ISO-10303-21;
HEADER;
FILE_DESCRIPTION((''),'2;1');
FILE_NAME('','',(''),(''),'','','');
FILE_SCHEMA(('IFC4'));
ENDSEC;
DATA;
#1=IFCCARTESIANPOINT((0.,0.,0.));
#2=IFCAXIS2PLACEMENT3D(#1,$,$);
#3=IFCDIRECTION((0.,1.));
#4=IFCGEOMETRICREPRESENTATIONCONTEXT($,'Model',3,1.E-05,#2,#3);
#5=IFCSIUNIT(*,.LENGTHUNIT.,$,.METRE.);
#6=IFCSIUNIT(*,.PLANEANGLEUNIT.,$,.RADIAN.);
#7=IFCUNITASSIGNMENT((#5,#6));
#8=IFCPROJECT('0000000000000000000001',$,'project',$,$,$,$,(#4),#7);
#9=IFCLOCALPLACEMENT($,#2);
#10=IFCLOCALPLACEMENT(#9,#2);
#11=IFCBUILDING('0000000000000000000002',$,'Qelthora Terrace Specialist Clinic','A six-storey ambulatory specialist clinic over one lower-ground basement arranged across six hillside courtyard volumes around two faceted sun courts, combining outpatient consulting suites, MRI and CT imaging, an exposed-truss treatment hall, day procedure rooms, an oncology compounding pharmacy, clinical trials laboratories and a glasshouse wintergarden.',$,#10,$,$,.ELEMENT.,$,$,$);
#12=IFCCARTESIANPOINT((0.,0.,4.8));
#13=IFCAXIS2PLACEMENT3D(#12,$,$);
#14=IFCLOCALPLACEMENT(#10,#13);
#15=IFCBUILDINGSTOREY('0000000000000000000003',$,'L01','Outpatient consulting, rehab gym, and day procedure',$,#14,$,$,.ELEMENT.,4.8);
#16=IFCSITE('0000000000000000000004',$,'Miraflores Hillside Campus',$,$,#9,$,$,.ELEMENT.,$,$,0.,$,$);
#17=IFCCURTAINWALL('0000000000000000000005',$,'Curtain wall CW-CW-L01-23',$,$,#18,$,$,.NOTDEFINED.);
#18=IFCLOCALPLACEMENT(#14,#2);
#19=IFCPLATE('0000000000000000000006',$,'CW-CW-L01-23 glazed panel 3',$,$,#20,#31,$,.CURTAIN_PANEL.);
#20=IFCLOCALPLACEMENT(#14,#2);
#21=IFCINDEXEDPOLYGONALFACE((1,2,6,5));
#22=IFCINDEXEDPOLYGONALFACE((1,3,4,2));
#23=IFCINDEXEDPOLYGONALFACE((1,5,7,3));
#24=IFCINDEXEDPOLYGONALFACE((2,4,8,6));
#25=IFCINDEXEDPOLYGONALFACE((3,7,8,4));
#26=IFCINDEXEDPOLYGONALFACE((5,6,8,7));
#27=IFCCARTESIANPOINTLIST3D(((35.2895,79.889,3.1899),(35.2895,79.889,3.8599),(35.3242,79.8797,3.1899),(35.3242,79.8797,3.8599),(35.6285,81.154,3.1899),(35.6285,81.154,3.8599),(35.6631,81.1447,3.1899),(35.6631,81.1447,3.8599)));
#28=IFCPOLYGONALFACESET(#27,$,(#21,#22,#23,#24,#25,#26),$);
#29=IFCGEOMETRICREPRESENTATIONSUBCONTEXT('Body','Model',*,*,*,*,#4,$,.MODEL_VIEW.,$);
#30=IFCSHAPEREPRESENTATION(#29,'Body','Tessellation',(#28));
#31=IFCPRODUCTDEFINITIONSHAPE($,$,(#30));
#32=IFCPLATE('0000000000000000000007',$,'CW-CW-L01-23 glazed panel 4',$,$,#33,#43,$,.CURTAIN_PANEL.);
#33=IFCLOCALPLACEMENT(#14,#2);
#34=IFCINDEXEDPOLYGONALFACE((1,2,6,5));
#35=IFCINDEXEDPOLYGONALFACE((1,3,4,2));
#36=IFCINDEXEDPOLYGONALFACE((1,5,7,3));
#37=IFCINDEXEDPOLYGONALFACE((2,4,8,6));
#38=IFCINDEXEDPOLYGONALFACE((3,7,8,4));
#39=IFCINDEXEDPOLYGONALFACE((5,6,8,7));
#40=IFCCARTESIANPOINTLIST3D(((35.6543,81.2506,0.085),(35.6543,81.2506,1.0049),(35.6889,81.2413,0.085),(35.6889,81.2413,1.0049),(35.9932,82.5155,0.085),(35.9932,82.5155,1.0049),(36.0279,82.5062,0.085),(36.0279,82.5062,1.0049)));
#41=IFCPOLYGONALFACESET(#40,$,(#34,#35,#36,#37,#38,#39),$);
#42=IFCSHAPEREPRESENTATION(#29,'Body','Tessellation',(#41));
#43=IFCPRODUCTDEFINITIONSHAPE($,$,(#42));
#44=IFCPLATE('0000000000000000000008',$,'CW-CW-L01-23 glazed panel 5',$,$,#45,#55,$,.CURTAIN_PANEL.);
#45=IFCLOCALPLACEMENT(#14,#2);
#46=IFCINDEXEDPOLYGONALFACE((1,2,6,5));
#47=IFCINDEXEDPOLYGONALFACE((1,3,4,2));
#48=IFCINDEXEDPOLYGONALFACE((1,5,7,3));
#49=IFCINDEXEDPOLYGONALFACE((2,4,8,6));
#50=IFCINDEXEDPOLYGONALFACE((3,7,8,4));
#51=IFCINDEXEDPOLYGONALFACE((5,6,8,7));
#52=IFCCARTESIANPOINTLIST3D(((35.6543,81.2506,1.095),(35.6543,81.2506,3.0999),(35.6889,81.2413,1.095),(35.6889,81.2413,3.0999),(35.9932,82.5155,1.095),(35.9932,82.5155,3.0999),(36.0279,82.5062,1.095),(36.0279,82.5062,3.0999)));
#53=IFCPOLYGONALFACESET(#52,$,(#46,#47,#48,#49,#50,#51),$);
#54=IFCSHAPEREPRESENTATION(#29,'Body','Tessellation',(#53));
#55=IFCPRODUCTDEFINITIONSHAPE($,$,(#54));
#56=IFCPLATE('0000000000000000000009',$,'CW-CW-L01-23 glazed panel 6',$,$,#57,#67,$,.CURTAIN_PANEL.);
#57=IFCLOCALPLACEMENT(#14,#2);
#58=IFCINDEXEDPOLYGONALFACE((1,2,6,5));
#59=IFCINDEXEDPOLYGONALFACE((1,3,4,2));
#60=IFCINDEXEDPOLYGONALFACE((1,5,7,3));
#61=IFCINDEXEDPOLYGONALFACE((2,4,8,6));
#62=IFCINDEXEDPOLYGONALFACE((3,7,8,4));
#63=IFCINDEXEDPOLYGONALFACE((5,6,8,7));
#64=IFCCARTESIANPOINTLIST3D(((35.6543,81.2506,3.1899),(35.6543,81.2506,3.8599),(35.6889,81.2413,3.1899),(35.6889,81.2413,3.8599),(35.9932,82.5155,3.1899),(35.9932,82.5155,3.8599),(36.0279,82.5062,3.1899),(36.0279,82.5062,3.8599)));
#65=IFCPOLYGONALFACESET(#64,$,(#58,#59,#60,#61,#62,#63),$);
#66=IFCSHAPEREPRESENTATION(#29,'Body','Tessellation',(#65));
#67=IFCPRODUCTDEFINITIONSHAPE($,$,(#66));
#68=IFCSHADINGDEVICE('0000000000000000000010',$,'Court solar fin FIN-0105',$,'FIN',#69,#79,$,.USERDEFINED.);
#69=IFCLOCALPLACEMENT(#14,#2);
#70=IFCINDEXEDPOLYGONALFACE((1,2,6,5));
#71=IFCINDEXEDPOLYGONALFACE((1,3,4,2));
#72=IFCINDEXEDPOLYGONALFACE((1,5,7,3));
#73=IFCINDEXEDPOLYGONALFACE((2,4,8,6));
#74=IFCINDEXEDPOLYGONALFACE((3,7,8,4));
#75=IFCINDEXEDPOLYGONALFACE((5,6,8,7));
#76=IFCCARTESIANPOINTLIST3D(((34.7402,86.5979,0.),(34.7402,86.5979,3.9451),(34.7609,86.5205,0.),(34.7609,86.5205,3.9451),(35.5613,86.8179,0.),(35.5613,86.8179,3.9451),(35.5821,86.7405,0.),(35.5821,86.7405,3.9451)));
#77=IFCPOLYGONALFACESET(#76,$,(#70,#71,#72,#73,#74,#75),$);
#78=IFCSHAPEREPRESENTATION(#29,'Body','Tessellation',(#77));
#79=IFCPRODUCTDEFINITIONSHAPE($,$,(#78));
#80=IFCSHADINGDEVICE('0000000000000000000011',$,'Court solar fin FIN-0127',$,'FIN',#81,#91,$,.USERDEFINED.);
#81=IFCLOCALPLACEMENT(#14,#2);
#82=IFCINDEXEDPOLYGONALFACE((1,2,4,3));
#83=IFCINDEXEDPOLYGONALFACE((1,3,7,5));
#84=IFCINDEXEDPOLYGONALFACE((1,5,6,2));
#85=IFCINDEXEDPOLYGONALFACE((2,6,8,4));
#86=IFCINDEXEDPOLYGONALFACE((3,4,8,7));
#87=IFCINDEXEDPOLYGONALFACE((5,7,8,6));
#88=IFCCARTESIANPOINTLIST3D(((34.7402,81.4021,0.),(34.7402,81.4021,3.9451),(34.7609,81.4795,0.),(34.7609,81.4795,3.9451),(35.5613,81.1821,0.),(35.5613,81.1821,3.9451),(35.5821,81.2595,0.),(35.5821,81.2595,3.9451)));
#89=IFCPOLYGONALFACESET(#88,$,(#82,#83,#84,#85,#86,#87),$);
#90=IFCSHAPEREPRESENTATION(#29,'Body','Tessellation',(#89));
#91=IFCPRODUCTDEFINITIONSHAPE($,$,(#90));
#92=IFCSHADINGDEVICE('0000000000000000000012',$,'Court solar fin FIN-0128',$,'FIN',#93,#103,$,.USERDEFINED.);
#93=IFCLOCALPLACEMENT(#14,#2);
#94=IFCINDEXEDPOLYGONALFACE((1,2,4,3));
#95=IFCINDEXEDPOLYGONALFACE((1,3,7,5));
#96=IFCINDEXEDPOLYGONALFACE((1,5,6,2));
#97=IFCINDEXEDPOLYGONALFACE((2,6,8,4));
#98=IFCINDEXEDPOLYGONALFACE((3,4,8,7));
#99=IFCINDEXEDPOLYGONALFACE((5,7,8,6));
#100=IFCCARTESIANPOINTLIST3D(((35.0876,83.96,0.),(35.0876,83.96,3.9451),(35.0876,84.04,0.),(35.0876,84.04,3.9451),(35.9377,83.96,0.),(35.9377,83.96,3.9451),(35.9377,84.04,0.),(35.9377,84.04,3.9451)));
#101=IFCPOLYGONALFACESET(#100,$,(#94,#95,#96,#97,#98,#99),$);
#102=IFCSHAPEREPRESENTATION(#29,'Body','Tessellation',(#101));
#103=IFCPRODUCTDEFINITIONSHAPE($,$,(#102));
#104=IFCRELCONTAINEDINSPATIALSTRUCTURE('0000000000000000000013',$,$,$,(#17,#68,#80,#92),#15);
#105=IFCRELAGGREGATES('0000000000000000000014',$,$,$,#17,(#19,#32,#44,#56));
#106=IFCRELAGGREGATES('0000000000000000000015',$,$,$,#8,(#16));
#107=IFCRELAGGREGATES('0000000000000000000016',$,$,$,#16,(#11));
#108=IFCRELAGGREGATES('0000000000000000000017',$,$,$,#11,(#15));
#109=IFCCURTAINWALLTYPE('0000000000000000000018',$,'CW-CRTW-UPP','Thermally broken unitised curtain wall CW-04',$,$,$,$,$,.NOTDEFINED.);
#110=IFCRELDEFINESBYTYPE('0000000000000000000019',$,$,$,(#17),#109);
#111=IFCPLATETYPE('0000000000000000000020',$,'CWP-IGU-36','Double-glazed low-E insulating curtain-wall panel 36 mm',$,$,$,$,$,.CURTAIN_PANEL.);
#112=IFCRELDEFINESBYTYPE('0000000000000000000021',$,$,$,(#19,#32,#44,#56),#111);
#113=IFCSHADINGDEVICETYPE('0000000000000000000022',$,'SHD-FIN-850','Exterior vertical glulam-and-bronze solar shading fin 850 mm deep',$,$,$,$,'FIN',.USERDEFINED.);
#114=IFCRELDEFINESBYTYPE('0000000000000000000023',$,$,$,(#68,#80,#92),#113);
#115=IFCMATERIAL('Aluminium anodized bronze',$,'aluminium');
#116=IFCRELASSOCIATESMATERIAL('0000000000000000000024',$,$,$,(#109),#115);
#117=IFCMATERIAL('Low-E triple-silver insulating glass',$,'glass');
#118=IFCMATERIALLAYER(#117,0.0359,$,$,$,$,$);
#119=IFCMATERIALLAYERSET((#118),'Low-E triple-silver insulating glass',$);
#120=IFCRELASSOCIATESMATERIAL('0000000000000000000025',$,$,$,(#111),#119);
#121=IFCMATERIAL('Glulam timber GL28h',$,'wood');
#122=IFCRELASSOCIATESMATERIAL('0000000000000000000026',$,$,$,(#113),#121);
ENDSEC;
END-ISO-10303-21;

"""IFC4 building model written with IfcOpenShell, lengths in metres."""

from ifc_helpers import new_model, si_unit, direction, frame, origin, origin_2d, place, context, subcontext, project, spatial, rectangle, extrude, material, layer, layer_set, type_object, element, aggregate, save


model = new_model("IFC4")

# Units and contexts
model_context = context("Model", 3, precision=1e-05, world=origin(), true_north=direction((0.0, 1.0)))
body_context = subcontext(model_context, "Body", "Model", "MODEL_VIEW")
ifc_project = project(units=[si_unit("LENGTHUNIT", "METRE"), si_unit("PLANEANGLEUNIT", "RADIAN")], contexts=[model_context])

# Site, building, storey
site_placement = place(None, origin())
site = spatial("IfcSite", under=ifc_project, at=site_placement, Name="Miraflores Hillside Campus", CompositionType="ELEMENT", RefElevation=0.0)
building_placement = place(site_placement, origin())
building = spatial("IfcBuilding", under=site, at=building_placement, Name="Qelthora Terrace Specialist Clinic", Description="A six-storey ambulatory specialist clinic over one lower-ground basement arranged across six hillside courtyard volumes around two faceted sun courts, combining outpatient consulting suites, MRI and CT imaging, an exposed-truss treatment hall, day procedure rooms, an oncology compounding pharmacy, clinical trials laboratories and a glasshouse wintergarden.", CompositionType="ELEMENT")
storey_placement = place(building_placement, frame((0.0, 0.0, 4.8)))
storey = spatial("IfcBuildingStorey", under=building, at=storey_placement, Name="L01", Description="Outpatient consulting, rehab gym, and day procedure", CompositionType="ELEMENT", Elevation=4.8)

# Curtain wall
ifc_material_1 = material(Name="Aluminium anodized bronze", Category="aluminium")
curtain_wall_type = type_object("IfcCurtainWallType", Name="CW-CRTW-UPP", Description="Thermally broken unitised curtain wall CW-04", PredefinedType="NOTDEFINED", material=ifc_material_1)
curtain_wall_1_placement = place(storey_placement, origin())
curtain_wall_1 = element("IfcCurtainWall", 1, at=curtain_wall_1_placement, inside=storey, type_object=curtain_wall_type, Name="Curtain wall CW-CW-L01-23", PredefinedType="NOTDEFINED")

# Plates
ifc_material_2 = material(Name="Low-E triple-silver insulating glass", Category="glass")
ifc_layer = layer(ifc_material_2, 0.0359)
ifc_layer_set = layer_set([ifc_layer], Name="Low-E triple-silver insulating glass")
plate_type = type_object("IfcPlateType", Name="CWP-IGU-36", Description="Double-glazed low-E insulating curtain-wall panel 36 mm", PredefinedType="CURTAIN_PANEL", material=ifc_layer_set)
plate_1_placement = place(storey_placement, frame((35.4763, 80.5168, 3.1899), z_axis=(0.0, 0.0, 1.0), x_axis=(0.258821, 0.965925, 0.0)))
plate_1 = element("IfcPlate", 2, at=plate_1_placement, type_object=plate_type, Name="CW-CW-L01-23 glazed panel 3", PredefinedType="CURTAIN_PANEL", context=body_context, shape_type="SweptSolid", body=[
    extrude(rectangle(XDim=1.3096, YDim=0.0359, at=origin_2d()), origin(), (0.0, 0.0, 1.0), 0.6699),
])
plate_2_placement = place(storey_placement, frame((35.8411, 81.8784, 0.085), z_axis=(0.0, 0.0, 1.0), x_axis=(0.258821, 0.965925, 0.0)))
plate_2 = element("IfcPlate", 3, at=plate_2_placement, type_object=plate_type, Name="CW-CW-L01-23 glazed panel 4", PredefinedType="CURTAIN_PANEL", context=body_context, shape_type="SweptSolid", body=[
    extrude(rectangle(XDim=1.3096, YDim=0.0359, at=origin_2d()), origin(), (0.0, 0.0, 1.0), 0.9199),
])
plate_3_placement = place(storey_placement, frame((35.8411, 81.8784, 1.095), z_axis=(0.0, 0.0, 1.0), x_axis=(0.258821, 0.965925, 0.0)))
plate_3 = element("IfcPlate", 4, at=plate_3_placement, type_object=plate_type, Name="CW-CW-L01-23 glazed panel 5", PredefinedType="CURTAIN_PANEL", context=body_context, shape_type="SweptSolid", body=[
    extrude(rectangle(XDim=1.3096, YDim=0.0359, at=origin_2d()), origin(), (0.0, 0.0, 1.0), 2.0049),
])
plate_4_placement = place(storey_placement, frame((35.8411, 81.8784, 3.1899), z_axis=(0.0, 0.0, 1.0), x_axis=(0.258821, 0.965925, 0.0)))
plate_4 = element("IfcPlate", 5, at=plate_4_placement, type_object=plate_type, Name="CW-CW-L01-23 glazed panel 6", PredefinedType="CURTAIN_PANEL", context=body_context, shape_type="SweptSolid", body=[
    extrude(rectangle(XDim=1.3096, YDim=0.0359, at=origin_2d()), origin(), (0.0, 0.0, 1.0), 0.6699),
])
aggregate(curtain_wall_1, [plate_1, plate_2, plate_3, plate_4])

# Shading devices
ifc_material_3 = material(Name="Glulam timber GL28h", Category="wood")
shading_device_type = type_object("IfcShadingDeviceType", Name="SHD-FIN-850", Description="Exterior vertical glulam-and-bronze solar shading fin 850 mm deep", ElementType="FIN", PredefinedType="USERDEFINED", material=ifc_material_3)
for number, where, z_axis, x_axis, name in (
    (6, (35.1611, 86.6692, 0.0), (0.0, 0.0, 1.0), (-0.965926, -0.258819, 0.0), "Court solar fin FIN-0105"),
    (7, (35.1611, 81.3308, 0.0), (0.0, 0.0, 1.0), (-0.965926, 0.258819, 0.0), "Court solar fin FIN-0127"),
    (8, (35.5127, 84.0, 0.0), (0.0, 0.0, 1.0), (-1.0, 0.0, 0.0), "Court solar fin FIN-0128"),
):
    element("IfcShadingDevice", number, at=place(storey_placement, frame(where, z_axis=z_axis, x_axis=x_axis)), inside=storey, type_object=shading_device_type, Name=name, ObjectType="FIN", PredefinedType="USERDEFINED", context=body_context, shape_type="SweptSolid", body=[
        extrude(rectangle(XDim=0.8501, YDim=0.0801, at=origin_2d()), origin(), (0.0, 0.0, 1.0), 3.9451),
    ])

save(model, "model.ifc")
